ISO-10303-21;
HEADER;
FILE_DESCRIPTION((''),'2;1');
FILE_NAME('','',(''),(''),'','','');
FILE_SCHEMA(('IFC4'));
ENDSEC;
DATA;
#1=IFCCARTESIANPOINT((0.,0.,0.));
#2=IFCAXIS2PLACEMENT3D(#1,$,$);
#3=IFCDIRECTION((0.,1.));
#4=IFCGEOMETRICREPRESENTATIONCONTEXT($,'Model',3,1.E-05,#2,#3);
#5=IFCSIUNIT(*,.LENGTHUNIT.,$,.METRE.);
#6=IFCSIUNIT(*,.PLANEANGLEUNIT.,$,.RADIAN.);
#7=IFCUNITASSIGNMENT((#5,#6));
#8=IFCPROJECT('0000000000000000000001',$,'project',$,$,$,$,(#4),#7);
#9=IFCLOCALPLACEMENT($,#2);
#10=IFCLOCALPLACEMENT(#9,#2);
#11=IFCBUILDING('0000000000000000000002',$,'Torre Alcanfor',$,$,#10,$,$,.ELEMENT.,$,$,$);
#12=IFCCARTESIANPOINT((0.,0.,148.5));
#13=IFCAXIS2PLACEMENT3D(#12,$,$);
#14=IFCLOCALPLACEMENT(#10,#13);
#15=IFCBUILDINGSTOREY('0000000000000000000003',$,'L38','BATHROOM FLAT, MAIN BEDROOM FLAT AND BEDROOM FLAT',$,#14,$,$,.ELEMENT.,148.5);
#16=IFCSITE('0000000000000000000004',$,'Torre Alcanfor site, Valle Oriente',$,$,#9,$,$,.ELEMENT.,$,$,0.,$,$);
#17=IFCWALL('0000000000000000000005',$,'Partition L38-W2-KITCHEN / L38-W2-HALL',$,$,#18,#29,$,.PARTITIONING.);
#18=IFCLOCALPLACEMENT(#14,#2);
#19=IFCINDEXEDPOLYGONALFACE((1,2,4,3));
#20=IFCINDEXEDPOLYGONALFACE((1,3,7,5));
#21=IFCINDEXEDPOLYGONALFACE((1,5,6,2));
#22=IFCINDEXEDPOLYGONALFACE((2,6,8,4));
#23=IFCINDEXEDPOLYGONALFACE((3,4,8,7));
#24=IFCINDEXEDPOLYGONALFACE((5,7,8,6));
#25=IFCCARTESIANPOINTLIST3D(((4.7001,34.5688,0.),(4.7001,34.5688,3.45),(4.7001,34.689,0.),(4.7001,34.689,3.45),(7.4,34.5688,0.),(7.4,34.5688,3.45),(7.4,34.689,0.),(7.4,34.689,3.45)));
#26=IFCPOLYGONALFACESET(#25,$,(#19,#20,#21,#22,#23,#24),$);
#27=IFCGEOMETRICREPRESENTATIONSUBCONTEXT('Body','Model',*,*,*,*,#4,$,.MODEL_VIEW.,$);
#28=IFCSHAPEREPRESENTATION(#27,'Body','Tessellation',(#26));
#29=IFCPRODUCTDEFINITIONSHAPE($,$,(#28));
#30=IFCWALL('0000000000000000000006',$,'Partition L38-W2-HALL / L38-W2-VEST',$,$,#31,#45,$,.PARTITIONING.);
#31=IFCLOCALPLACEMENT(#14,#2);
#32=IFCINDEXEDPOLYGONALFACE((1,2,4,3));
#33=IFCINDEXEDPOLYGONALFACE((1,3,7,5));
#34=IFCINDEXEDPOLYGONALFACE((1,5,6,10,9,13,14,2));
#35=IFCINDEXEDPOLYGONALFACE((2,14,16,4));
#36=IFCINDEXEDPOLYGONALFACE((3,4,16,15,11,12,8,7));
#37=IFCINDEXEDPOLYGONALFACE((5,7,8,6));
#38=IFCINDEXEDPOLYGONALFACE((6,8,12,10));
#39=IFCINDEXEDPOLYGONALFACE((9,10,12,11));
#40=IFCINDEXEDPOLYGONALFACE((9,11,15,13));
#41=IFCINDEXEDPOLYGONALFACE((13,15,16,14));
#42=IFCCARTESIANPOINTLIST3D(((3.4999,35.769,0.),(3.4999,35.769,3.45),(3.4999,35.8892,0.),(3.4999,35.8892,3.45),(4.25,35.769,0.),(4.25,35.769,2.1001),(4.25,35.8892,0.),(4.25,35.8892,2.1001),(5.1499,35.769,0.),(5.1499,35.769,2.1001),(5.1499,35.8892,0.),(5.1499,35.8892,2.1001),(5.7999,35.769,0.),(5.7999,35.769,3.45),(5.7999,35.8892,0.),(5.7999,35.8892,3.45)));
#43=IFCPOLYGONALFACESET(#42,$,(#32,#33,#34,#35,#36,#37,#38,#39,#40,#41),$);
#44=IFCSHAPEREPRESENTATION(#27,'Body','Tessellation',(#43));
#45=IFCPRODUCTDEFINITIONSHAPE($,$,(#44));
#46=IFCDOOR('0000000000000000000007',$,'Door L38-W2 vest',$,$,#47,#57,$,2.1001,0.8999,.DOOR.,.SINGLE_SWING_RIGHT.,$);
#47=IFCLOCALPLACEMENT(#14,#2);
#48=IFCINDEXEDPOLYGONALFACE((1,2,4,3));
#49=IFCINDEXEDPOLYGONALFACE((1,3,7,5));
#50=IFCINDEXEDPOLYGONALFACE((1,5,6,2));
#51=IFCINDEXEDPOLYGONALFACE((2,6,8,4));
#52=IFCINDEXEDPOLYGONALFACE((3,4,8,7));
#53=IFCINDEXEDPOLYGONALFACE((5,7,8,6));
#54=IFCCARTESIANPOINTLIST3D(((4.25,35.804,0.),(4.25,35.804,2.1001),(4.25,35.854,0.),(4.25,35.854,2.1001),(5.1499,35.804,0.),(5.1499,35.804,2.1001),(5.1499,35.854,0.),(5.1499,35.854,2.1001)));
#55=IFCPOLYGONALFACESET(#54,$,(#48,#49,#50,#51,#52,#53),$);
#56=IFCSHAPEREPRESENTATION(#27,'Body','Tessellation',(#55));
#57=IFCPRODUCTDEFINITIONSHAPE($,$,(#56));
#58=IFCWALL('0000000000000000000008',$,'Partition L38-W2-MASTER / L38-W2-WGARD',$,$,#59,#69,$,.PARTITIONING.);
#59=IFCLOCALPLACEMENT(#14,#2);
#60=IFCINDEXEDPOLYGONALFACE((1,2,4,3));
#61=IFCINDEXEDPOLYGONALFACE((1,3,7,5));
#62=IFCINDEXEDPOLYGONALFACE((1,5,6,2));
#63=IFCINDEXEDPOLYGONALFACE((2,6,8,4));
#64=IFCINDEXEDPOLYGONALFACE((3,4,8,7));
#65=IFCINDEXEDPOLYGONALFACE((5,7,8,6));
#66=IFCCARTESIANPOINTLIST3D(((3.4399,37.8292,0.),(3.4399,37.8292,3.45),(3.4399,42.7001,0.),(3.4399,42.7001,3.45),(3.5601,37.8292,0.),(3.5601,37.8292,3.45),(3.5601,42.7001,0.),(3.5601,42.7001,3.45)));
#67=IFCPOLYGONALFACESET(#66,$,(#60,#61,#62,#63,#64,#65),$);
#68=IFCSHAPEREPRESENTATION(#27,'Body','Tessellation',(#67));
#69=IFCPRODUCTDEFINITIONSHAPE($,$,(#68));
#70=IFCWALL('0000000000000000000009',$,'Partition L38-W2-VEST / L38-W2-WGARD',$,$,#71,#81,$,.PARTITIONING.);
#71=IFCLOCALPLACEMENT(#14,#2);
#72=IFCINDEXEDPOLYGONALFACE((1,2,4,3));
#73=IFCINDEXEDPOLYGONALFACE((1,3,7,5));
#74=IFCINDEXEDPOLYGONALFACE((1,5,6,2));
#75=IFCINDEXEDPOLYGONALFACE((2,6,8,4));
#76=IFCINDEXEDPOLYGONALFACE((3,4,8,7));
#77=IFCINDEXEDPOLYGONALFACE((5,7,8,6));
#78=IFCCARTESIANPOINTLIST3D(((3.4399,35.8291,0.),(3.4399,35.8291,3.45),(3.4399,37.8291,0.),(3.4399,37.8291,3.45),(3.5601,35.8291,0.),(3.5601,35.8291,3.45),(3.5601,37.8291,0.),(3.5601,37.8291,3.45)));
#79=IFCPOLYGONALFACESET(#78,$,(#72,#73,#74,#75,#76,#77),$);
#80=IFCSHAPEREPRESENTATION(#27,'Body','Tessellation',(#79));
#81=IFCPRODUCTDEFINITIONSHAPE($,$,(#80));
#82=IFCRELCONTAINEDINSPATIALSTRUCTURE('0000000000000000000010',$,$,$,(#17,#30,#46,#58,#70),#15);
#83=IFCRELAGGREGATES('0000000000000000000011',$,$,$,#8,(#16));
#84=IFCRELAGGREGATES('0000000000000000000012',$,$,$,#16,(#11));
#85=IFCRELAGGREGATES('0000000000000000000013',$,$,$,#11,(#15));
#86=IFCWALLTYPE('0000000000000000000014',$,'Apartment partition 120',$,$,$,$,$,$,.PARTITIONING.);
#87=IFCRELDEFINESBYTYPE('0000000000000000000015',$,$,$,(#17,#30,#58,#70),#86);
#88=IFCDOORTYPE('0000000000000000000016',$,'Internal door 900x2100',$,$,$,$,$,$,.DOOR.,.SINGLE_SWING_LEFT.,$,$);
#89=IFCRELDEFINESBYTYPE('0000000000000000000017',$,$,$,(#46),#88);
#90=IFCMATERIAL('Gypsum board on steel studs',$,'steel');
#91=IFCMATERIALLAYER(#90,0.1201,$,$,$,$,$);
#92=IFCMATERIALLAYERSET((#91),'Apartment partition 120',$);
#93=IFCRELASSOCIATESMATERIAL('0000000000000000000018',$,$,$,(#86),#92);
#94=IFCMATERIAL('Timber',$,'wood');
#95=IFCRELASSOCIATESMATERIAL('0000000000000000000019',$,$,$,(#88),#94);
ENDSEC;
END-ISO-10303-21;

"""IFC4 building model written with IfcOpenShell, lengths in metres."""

from ifc_helpers import new_model, si_unit, direction, frame, frame_2d, origin, place, context, subcontext, project, spatial, rectangle, extrude, material, layer, layer_set, type_object, element, fill, save


model = new_model("IFC4")

# Units and contexts
model_context = context("Model", 3, precision=1e-05, world=origin(), true_north=direction((0.0, 1.0)))
body_context = subcontext(model_context, "Body", "Model", "MODEL_VIEW")
ifc_project = project(units=[si_unit("LENGTHUNIT", "METRE"), si_unit("PLANEANGLEUNIT", "RADIAN")], contexts=[model_context])

# Site, building, storey
site_placement = place(None, origin())
site = spatial("IfcSite", under=ifc_project, at=site_placement, Name="Torre Alcanfor site, Valle Oriente", CompositionType="ELEMENT", RefElevation=0.0)
building_placement = place(site_placement, origin())
building = spatial("IfcBuilding", under=site, at=building_placement, Name="Torre Alcanfor", CompositionType="ELEMENT")
storey_placement = place(building_placement, frame((0.0, 0.0, 148.5)))
storey = spatial("IfcBuildingStorey", under=building, at=storey_placement, Name="L38", Description="BATHROOM FLAT, MAIN BEDROOM FLAT AND BEDROOM FLAT", CompositionType="ELEMENT", Elevation=148.5)

# Wall
ifc_material_1 = material(Name="Gypsum board on steel studs", Category="steel")
ifc_layer_1 = layer(ifc_material_1, 0.1201)
ifc_layer_set_1 = layer_set([ifc_layer_1], Name="Apartment partition 120")
wall_type_1 = type_object("IfcWallType", Name="Apartment partition 120", PredefinedType="PARTITIONING", material=ifc_layer_set_1)
wall_1_placement = place(storey_placement, frame((4.7, 34.6289, 0.0), z_axis=(0.0, 0.0, 1.0), x_axis=(1.0, 0.0, 0.0)))
element("IfcWall", 1, at=wall_1_placement, inside=storey, type_object=wall_type_1, Name="Partition L38-W2-KITCHEN / L38-W2-HALL", PredefinedType="PARTITIONING", context=body_context, shape_type="SweptSolid", body=[
    extrude(rectangle(XDim=2.7, YDim=0.1201, at=frame_2d((1.3501, 0.0))), origin(), (0.0, 0.0, 1.0), 3.45),
])

# Wall, opening, door
wall_2_placement = place(storey_placement, frame((3.5, 35.8291, 0.0), z_axis=(0.0, 0.0, 1.0), x_axis=(1.0, 0.0, 0.0)))
wall_2 = element("IfcWall", 2, at=wall_2_placement, inside=storey, type_object=wall_type_1, Name="Partition L38-W2-HALL / L38-W2-VEST", PredefinedType="PARTITIONING", context=body_context, shape_type="SweptSolid", body=[
    extrude(rectangle(XDim=2.3, YDim=0.1201, at=frame_2d((1.1499, 0.0))), origin(), (0.0, 0.0, 1.0), 3.45),
])
opening_placement = place(wall_2_placement, frame((0.75, 0.0, 0.0)))
opening = element("IfcOpeningElement", 3, at=opening_placement, cuts=wall_2, PredefinedType="OPENING", context=body_context, shape_type="SweptSolid", body=[
    extrude(rectangle(XDim=0.8999, YDim=2.1001, at=frame_2d((0.45, 1.05))), frame((0.0, 0.0701, 0.0), z_axis=(0.0, -1.0, 0.0), x_axis=(1.0, 0.0, 0.0)), (0.0, 0.0, 1.0), 0.1401),
])
ifc_material_2 = material(Name="Timber", Category="wood")
door_type = type_object("IfcDoorType", Name="Internal door 900x2100", OperationType="SINGLE_SWING_LEFT", PredefinedType="DOOR", material=ifc_material_2)
door_placement = place(opening_placement, origin())
door = element("IfcDoor", 4, at=door_placement, inside=storey, type_object=door_type, Name="Door L38-W2 vest", OperationType="SINGLE_SWING_RIGHT", OverallHeight=2.1001, OverallWidth=0.8999, PredefinedType="DOOR", context=body_context, shape_type="SweptSolid", body=[
    extrude(rectangle(XDim=0.8999, YDim=2.1001, at=frame_2d((0.45, 1.05))), frame((0.0, 0.0249, 0.0), z_axis=(0.0, -1.0, 0.0), x_axis=(1.0, 0.0, 0.0)), (0.0, 0.0, 1.0), 0.05),
])
fill(opening, door)

# Walls
wall_3_placement = place(storey_placement, frame((3.5, 37.8291, 0.0), z_axis=(0.0, 0.0, 1.0), x_axis=(0.0, 1.0, 0.0)))
element("IfcWall", 5, at=wall_3_placement, inside=storey, type_object=wall_type_1, Name="Partition L38-W2-MASTER / L38-W2-WGARD", PredefinedType="PARTITIONING", context=body_context, shape_type="SweptSolid", body=[
    extrude(rectangle(XDim=4.8708, YDim=0.1201, at=frame_2d((2.4355, 0.0))), origin(), (0.0, 0.0, 1.0), 3.45),
])
wall_4_placement = place(storey_placement, frame((3.5, 35.8291, 0.0), z_axis=(0.0, 0.0, 1.0), x_axis=(0.0, 1.0, 0.0)))
element("IfcWall", 6, at=wall_4_placement, inside=storey, type_object=wall_type_1, Name="Partition L38-W2-VEST / L38-W2-WGARD", PredefinedType="PARTITIONING", context=body_context, shape_type="SweptSolid", body=[
    extrude(rectangle(XDim=2.0, YDim=0.1201, at=frame_2d((1.0, 0.0))), origin(), (0.0, 0.0, 1.0), 3.45),
])

save(model, "model.ifc")
